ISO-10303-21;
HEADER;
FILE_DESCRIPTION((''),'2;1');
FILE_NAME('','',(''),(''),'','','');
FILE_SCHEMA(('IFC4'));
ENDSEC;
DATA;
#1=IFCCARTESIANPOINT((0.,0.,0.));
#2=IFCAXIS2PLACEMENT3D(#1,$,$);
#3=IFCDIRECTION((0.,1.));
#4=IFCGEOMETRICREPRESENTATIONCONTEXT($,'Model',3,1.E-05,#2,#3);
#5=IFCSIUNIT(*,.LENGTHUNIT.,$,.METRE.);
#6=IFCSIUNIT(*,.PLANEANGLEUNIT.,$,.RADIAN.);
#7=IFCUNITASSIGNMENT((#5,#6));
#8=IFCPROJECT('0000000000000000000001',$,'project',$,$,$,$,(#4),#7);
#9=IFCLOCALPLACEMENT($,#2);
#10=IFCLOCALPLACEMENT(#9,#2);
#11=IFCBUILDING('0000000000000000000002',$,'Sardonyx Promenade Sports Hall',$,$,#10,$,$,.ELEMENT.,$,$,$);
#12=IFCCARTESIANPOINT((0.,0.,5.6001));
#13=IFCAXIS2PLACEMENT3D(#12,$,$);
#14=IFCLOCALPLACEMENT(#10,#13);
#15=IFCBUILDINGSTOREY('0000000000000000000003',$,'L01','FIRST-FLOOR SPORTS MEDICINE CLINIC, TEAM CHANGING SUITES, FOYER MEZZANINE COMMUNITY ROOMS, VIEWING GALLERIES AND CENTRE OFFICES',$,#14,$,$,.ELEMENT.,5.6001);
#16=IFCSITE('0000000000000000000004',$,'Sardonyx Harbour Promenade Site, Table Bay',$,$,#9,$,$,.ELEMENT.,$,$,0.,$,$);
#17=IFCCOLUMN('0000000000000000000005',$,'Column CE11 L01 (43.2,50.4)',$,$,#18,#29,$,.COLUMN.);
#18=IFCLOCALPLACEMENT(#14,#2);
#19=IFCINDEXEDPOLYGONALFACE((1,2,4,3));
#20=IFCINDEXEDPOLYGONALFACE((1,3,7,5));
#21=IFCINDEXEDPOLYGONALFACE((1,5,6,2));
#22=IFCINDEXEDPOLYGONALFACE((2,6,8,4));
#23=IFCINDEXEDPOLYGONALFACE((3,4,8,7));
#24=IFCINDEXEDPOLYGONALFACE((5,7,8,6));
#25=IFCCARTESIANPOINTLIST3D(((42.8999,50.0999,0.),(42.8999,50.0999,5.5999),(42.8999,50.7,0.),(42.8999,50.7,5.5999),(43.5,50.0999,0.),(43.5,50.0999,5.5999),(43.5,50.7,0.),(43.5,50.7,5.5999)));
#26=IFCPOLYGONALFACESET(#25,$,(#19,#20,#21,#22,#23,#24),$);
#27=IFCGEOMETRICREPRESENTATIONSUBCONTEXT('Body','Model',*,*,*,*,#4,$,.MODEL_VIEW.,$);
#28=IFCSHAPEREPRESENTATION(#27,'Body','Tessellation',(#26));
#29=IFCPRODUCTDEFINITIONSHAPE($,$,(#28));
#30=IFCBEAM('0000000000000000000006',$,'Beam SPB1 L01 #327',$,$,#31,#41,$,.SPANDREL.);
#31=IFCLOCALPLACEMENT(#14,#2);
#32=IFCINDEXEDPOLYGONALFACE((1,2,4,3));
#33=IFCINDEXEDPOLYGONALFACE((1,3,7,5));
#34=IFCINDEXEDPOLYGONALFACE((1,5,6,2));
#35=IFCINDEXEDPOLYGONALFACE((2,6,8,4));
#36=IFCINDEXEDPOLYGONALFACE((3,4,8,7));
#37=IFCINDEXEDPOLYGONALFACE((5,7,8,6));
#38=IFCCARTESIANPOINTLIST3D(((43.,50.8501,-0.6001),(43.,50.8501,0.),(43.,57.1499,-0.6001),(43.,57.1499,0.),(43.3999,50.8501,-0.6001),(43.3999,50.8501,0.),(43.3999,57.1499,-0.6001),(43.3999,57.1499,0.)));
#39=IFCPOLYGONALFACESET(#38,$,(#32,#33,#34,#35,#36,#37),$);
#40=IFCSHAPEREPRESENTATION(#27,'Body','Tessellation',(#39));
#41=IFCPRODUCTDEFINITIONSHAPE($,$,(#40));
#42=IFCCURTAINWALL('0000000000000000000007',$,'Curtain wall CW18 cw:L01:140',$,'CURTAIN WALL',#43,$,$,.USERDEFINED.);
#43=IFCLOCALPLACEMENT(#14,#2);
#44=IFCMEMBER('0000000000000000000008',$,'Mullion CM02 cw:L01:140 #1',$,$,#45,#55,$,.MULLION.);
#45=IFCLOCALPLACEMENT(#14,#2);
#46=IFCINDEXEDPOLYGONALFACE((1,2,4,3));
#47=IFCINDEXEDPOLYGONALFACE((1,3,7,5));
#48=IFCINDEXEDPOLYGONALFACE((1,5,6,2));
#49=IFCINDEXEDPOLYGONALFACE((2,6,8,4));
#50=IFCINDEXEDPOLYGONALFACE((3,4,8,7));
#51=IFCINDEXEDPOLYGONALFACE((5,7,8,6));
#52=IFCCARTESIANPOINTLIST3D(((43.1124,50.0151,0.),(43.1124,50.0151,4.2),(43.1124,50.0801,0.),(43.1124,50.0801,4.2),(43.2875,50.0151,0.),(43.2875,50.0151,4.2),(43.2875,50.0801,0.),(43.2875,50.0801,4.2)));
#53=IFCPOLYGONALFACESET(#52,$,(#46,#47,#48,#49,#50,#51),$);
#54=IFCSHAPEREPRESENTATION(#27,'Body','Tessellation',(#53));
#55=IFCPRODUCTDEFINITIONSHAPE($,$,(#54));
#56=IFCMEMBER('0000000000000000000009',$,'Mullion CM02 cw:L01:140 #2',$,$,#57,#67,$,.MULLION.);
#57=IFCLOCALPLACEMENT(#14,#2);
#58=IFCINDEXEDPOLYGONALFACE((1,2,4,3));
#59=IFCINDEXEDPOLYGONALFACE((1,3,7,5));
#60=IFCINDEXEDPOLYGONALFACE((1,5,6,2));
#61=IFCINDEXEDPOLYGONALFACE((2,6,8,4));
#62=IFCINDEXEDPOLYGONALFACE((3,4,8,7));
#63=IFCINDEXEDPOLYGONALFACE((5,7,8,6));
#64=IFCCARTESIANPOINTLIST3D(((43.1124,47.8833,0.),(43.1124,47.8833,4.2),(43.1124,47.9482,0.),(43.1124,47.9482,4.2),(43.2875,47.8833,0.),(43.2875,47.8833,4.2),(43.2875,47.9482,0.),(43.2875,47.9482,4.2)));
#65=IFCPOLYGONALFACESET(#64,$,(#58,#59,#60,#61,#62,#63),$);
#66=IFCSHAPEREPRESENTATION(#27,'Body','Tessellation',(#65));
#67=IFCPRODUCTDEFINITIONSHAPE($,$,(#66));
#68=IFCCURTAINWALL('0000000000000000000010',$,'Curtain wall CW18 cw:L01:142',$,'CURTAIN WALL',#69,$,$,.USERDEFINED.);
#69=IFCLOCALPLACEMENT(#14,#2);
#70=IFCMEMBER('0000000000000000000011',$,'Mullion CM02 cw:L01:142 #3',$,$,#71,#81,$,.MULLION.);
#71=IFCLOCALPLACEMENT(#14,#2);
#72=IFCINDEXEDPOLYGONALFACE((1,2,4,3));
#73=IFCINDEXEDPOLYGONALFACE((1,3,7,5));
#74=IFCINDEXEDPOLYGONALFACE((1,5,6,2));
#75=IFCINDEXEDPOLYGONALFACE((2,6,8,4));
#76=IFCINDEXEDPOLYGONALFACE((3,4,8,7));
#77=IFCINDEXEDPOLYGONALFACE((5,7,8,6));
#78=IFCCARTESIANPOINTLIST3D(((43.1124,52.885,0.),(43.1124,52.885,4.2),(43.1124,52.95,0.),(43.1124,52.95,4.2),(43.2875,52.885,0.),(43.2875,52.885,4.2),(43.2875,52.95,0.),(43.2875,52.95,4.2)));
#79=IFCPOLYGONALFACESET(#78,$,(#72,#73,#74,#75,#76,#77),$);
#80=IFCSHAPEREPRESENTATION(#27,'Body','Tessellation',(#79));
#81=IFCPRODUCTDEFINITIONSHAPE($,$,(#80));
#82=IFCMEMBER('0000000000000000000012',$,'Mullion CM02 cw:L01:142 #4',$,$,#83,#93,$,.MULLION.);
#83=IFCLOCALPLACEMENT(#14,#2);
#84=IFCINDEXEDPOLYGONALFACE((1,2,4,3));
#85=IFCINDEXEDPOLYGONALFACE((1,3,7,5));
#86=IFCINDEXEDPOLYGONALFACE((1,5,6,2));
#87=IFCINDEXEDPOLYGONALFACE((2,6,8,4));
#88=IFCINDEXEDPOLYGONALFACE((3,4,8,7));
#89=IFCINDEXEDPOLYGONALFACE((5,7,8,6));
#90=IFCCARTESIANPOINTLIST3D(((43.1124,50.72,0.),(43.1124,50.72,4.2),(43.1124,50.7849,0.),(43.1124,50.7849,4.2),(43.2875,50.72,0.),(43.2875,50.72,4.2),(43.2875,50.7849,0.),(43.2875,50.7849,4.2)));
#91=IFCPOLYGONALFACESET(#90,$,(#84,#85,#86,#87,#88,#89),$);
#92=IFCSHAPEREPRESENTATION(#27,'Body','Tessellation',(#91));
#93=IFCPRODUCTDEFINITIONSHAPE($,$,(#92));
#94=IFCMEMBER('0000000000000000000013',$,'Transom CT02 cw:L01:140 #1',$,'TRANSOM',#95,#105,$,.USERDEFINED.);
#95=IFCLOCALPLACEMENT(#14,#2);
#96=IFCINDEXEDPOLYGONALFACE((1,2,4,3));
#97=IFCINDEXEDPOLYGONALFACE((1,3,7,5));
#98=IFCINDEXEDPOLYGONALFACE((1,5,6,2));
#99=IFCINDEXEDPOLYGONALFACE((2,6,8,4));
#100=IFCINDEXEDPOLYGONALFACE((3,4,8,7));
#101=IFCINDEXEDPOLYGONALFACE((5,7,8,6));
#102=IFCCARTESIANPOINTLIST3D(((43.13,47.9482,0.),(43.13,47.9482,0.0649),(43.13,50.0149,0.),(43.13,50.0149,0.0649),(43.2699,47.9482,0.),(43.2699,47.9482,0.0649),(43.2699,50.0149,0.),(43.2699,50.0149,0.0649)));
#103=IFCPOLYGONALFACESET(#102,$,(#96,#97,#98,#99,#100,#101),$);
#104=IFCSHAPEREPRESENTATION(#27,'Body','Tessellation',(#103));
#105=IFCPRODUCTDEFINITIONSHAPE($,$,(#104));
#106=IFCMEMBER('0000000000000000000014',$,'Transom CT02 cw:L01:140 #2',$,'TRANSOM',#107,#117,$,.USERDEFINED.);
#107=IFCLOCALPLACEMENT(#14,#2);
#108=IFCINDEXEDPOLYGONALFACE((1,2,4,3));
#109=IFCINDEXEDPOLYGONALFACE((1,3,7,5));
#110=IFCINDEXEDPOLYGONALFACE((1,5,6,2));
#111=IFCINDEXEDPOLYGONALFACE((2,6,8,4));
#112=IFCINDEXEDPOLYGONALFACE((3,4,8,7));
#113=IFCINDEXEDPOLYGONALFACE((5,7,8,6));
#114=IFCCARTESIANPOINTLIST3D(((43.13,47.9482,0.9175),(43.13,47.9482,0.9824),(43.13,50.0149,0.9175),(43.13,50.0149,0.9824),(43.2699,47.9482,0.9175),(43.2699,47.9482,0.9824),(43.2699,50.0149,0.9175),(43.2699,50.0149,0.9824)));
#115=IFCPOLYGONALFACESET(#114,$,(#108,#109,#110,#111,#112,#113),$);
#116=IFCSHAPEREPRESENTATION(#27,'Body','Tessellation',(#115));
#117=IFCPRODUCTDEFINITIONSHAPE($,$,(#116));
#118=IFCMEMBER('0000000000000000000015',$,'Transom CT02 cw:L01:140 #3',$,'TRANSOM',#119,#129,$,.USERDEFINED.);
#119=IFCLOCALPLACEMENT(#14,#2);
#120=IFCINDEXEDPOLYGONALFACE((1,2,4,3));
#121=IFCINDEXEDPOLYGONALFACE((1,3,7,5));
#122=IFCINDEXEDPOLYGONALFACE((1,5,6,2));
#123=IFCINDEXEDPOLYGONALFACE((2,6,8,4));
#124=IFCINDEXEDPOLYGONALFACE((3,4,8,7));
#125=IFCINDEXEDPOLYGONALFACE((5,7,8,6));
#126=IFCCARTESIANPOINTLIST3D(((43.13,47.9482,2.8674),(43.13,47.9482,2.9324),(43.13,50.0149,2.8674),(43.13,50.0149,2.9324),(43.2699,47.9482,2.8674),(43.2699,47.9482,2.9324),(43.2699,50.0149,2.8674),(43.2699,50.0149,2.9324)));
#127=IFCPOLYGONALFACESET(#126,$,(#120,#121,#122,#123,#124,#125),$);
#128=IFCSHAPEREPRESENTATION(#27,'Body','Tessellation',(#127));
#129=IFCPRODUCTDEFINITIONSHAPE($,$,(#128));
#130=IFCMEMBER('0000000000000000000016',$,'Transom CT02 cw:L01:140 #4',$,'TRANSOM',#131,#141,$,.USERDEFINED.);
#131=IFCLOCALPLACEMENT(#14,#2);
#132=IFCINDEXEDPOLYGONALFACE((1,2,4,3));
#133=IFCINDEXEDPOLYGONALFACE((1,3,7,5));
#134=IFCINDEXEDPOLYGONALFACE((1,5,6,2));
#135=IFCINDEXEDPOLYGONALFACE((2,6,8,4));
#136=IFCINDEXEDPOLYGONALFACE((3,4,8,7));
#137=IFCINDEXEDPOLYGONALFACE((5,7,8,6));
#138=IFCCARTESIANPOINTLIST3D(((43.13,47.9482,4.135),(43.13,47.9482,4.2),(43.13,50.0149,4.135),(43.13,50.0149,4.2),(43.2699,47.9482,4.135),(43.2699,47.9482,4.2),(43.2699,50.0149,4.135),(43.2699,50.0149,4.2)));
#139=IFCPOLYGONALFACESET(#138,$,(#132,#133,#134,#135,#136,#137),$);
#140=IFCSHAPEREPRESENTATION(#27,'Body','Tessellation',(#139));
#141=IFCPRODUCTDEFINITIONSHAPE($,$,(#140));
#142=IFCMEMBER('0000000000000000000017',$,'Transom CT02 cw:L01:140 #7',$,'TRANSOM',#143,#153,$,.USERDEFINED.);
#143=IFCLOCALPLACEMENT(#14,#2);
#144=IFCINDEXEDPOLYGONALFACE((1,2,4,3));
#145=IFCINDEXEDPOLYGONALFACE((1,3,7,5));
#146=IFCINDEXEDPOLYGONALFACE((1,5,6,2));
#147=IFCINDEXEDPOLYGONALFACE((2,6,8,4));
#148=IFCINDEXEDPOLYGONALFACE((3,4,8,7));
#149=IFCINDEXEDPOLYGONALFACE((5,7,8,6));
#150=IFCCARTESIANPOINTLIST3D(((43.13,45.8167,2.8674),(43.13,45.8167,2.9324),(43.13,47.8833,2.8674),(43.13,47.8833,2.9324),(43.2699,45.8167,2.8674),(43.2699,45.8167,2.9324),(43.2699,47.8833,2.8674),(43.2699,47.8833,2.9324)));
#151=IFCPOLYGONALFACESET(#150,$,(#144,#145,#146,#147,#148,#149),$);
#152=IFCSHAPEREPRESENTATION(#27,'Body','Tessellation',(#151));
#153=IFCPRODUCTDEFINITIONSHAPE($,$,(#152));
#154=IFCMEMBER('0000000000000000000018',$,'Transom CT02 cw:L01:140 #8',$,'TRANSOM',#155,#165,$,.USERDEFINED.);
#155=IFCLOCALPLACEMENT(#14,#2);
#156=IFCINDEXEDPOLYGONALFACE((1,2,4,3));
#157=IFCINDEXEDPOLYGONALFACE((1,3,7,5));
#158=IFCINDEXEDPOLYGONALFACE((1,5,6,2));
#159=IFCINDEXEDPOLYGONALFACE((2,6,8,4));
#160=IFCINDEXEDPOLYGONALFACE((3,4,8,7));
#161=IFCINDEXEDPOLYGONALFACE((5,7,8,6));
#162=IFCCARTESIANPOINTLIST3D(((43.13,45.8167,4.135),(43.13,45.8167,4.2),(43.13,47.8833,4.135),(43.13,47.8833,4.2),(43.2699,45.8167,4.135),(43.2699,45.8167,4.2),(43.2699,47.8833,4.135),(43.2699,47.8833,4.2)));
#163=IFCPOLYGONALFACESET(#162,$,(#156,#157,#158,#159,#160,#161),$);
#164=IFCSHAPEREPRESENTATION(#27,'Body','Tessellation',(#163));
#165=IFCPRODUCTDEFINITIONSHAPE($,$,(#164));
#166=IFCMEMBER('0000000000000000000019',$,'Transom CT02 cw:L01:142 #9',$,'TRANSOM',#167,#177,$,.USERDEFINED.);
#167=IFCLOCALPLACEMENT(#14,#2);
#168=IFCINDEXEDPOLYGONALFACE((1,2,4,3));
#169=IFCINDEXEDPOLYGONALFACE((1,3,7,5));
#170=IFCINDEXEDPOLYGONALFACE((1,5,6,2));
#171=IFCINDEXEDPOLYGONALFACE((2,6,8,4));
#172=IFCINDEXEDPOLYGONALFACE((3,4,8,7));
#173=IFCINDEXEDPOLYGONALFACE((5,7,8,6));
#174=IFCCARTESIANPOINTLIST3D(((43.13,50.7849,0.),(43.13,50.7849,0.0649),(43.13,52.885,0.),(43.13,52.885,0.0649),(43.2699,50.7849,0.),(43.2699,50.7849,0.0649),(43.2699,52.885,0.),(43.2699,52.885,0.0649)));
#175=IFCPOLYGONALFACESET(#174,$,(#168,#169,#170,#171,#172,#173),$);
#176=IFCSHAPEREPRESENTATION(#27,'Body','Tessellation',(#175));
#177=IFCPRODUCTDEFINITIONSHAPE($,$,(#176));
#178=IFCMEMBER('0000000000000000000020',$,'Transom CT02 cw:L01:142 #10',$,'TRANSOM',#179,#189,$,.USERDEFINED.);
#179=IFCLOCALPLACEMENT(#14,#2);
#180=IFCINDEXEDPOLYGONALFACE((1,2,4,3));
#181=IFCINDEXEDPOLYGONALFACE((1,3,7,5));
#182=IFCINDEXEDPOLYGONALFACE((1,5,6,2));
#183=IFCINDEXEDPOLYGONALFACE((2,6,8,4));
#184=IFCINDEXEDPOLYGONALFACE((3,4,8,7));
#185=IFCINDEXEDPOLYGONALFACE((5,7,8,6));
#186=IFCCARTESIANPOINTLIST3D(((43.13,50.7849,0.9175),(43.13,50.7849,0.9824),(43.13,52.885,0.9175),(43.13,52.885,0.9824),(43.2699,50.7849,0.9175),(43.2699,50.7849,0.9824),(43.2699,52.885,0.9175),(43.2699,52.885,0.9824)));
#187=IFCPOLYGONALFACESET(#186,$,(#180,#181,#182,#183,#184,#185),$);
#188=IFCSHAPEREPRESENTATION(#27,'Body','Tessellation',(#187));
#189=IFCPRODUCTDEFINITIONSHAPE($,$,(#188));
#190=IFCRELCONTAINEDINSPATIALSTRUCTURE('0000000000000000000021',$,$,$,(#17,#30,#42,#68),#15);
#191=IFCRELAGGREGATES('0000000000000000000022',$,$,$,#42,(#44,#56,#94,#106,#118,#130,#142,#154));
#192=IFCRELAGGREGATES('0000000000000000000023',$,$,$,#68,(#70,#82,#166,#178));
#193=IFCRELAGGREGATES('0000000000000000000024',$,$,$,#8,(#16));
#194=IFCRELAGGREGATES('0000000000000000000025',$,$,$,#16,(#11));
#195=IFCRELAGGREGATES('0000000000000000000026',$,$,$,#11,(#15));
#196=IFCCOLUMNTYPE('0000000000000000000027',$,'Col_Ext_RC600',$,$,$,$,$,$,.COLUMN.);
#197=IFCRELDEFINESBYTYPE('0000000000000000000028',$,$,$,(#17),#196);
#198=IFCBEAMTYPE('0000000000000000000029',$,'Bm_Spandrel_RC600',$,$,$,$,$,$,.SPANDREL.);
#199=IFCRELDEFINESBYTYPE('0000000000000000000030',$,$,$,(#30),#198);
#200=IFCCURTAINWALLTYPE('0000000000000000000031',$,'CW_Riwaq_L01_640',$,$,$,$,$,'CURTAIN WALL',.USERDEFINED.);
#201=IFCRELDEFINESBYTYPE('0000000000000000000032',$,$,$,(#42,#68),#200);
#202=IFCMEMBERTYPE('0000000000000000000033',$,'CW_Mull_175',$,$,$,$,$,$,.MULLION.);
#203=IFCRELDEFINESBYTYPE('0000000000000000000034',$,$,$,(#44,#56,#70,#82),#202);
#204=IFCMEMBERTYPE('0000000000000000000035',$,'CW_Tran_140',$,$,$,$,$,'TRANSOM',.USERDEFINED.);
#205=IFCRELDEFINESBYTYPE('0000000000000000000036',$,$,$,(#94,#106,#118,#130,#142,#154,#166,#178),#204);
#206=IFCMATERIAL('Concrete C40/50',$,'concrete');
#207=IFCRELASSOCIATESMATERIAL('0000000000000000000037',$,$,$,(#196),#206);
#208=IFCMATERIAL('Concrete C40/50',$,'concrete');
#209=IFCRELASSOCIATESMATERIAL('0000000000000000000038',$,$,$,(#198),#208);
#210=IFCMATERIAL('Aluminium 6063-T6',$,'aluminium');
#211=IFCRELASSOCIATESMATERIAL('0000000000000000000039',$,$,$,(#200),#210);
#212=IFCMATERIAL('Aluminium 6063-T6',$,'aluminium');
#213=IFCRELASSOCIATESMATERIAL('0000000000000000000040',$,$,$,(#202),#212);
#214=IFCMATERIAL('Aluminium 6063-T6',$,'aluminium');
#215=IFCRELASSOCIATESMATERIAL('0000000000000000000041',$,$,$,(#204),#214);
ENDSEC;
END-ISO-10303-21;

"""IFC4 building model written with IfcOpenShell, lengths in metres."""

from ifc_helpers import new_model, si_unit, direction, frame, origin, origin_2d, place, context, subcontext, project, spatial, rectangle, extrude, material, material_profile, profile_set, type_object, element, aggregate, save


model = new_model("IFC4")

# Units and contexts
model_context = context("Model", 3, precision=1e-05, world=origin(), true_north=direction((0.0, 1.0)))
body_context = subcontext(model_context, "Body", "Model", "MODEL_VIEW")
ifc_project = project(units=[si_unit("LENGTHUNIT", "METRE"), si_unit("PLANEANGLEUNIT", "RADIAN")], contexts=[model_context])

# Site, building, storey
site_placement = place(None, origin())
site = spatial("IfcSite", under=ifc_project, at=site_placement, Name="Sardonyx Harbour Promenade Site, Table Bay", CompositionType="ELEMENT", RefElevation=0.0)
building_placement = place(site_placement, origin())
building = spatial("IfcBuilding", under=site, at=building_placement, Name="Sardonyx Promenade Sports Hall", CompositionType="ELEMENT")
storey_placement = place(building_placement, frame((0.0, 0.0, 5.6001)))
storey = spatial("IfcBuildingStorey", under=building, at=storey_placement, Name="L01", Description="FIRST-FLOOR SPORTS MEDICINE CLINIC, TEAM CHANGING SUITES, FOYER MEZZANINE COMMUNITY ROOMS, VIEWING GALLERIES AND CENTRE OFFICES", CompositionType="ELEMENT", Elevation=5.6001)

# Column
ifc_material_1 = material(Name="Concrete C40/50", Category="concrete")
ifc_material_profile_1 = material_profile(ifc_material_1, rectangle(XDim=0.6001, YDim=0.6001, at=origin_2d()))
ifc_profile_set_1 = profile_set([ifc_material_profile_1], Name="Concrete C40/50")
column_type = type_object("IfcColumnType", Name="Col_Ext_RC600", PredefinedType="COLUMN", material=ifc_profile_set_1)
column_placement = place(storey_placement, frame((43.2, 50.3999, 0.0), z_axis=(0.0, 0.0, 1.0), x_axis=(1.0, 0.0, 0.0)))
element("IfcColumn", 1, at=column_placement, inside=storey, type_object=column_type, Name="Column CE11 L01 (43.2,50.4)", PredefinedType="COLUMN", context=body_context, shape_type="SweptSolid", body=[
    extrude(rectangle(XDim=0.6001, YDim=0.6001, at=origin_2d()), origin(), (0.0, 0.0, 1.0), 5.5999),
])

# Beam
ifc_material_2 = material(Name="Concrete C40/50", Category="concrete")
ifc_material_profile_2 = material_profile(ifc_material_2, rectangle(XDim=0.3999, YDim=0.6001, at=origin_2d()))
ifc_profile_set_2 = profile_set([ifc_material_profile_2], Name="Concrete C40/50")
beam_type = type_object("IfcBeamType", Name="Bm_Spandrel_RC600", PredefinedType="SPANDREL", material=ifc_profile_set_2)
beam_placement = place(storey_placement, frame((43.2, 50.8501, -0.3), z_axis=(0.0, 1.0, 0.0), x_axis=(-1.0, 0.0, 0.0)))
element("IfcBeam", 2, at=beam_placement, inside=storey, type_object=beam_type, Name="Beam SPB1 L01 #327", PredefinedType="SPANDREL", context=body_context, shape_type="SweptSolid", body=[
    extrude(rectangle(XDim=0.3999, YDim=0.6001, at=origin_2d()), origin(), (0.0, 0.0, 1.0), 6.2998),
])

# Curtain walls, members
ifc_material_3 = material(Name="Aluminium 6063-T6", Category="aluminium")
curtain_wall_type = type_object("IfcCurtainWallType", Name="CW_Riwaq_L01_640", ElementType="CURTAIN WALL", PredefinedType="USERDEFINED", material=ifc_material_3)
curtain_wall_1_placement = place(storey_placement, origin())
curtain_wall_1 = element("IfcCurtainWall", 3, at=curtain_wall_1_placement, inside=storey, type_object=curtain_wall_type, Name="Curtain wall CW18 cw:L01:140", ObjectType="CURTAIN WALL", PredefinedType="USERDEFINED")
ifc_material_4 = material(Name="Aluminium 6063-T6", Category="aluminium")
ifc_material_profile_3 = material_profile(ifc_material_4, rectangle(XDim=0.0649, YDim=0.175, at=origin_2d()))
ifc_profile_set_3 = profile_set([ifc_material_profile_3], Name="Aluminium 6063-T6")
member_type_1 = type_object("IfcMemberType", Name="CW_Mull_175", PredefinedType="MULLION", material=ifc_profile_set_3)
member_1_placement = place(storey_placement, frame((43.2, 50.0476, 0.0), z_axis=(0.0, 0.0, 1.0), x_axis=(0.0, -1.0, 0.0)))
member_1 = element("IfcMember", 4, at=member_1_placement, type_object=member_type_1, Name="Mullion CM02 cw:L01:140 #1", PredefinedType="MULLION", context=body_context, shape_type="SweptSolid", body=[
    extrude(rectangle(XDim=0.0649, YDim=0.175, at=origin_2d()), origin(), (0.0, 0.0, 1.0), 4.2),
])
member_2_placement = place(storey_placement, frame((43.2, 47.9158, 0.0), z_axis=(0.0, 0.0, 1.0), x_axis=(0.0, -1.0, 0.0)))
member_2 = element("IfcMember", 5, at=member_2_placement, type_object=member_type_1, Name="Mullion CM02 cw:L01:140 #2", PredefinedType="MULLION", context=body_context, shape_type="SweptSolid", body=[
    extrude(rectangle(XDim=0.0649, YDim=0.175, at=origin_2d()), origin(), (0.0, 0.0, 1.0), 4.2),
])
curtain_wall_2_placement = place(storey_placement, origin())
curtain_wall_2 = element("IfcCurtainWall", 6, at=curtain_wall_2_placement, inside=storey, type_object=curtain_wall_type, Name="Curtain wall CW18 cw:L01:142", ObjectType="CURTAIN WALL", PredefinedType="USERDEFINED")
member_3_placement = place(storey_placement, frame((43.2, 52.9175, 0.0), z_axis=(0.0, 0.0, 1.0), x_axis=(0.0, -1.0, 0.0)))
member_3 = element("IfcMember", 7, at=member_3_placement, type_object=member_type_1, Name="Mullion CM02 cw:L01:142 #3", PredefinedType="MULLION", context=body_context, shape_type="SweptSolid", body=[
    extrude(rectangle(XDim=0.0649, YDim=0.175, at=origin_2d()), origin(), (0.0, 0.0, 1.0), 4.2),
])
member_4_placement = place(storey_placement, frame((43.2, 50.7524, 0.0), z_axis=(0.0, 0.0, 1.0), x_axis=(0.0, -1.0, 0.0)))
member_4 = element("IfcMember", 8, at=member_4_placement, type_object=member_type_1, Name="Mullion CM02 cw:L01:142 #4", PredefinedType="MULLION", context=body_context, shape_type="SweptSolid", body=[
    extrude(rectangle(XDim=0.0649, YDim=0.175, at=origin_2d()), origin(), (0.0, 0.0, 1.0), 4.2),
])

# Members
ifc_material_5 = material(Name="Aluminium 6063-T6", Category="aluminium")
ifc_material_profile_4 = material_profile(ifc_material_5, rectangle(XDim=0.0649, YDim=0.1399, at=origin_2d()))
ifc_profile_set_4 = profile_set([ifc_material_profile_4], Name="Aluminium 6063-T6")
member_type_2 = type_object("IfcMemberType", Name="CW_Tran_140", ElementType="TRANSOM", PredefinedType="USERDEFINED", material=ifc_profile_set_4)
member_5_placement = place(storey_placement, frame((43.2, 50.0149, 0.0325), z_axis=(0.0, -1.0, 0.0), x_axis=(0.0, 0.0, 1.0)))
member_5 = element("IfcMember", 9, at=member_5_placement, type_object=member_type_2, Name="Transom CT02 cw:L01:140 #1", ObjectType="TRANSOM", PredefinedType="USERDEFINED", context=body_context, shape_type="SweptSolid", body=[
    extrude(rectangle(XDim=0.0649, YDim=0.1399, at=origin_2d()), origin(), (0.0, 0.0, 1.0), 2.0667),
])
member_6_placement = place(storey_placement, frame((43.2, 50.0149, 0.95), z_axis=(0.0, -1.0, 0.0), x_axis=(0.0, 0.0, 1.0)))
member_6 = element("IfcMember", 10, at=member_6_placement, type_object=member_type_2, Name="Transom CT02 cw:L01:140 #2", ObjectType="TRANSOM", PredefinedType="USERDEFINED", context=body_context, shape_type="SweptSolid", body=[
    extrude(rectangle(XDim=0.0649, YDim=0.1399, at=origin_2d()), origin(), (0.0, 0.0, 1.0), 2.0667),
])
member_7_placement = place(storey_placement, frame((43.2, 50.0149, 2.8999), z_axis=(0.0, -1.0, 0.0), x_axis=(0.0, 0.0, 1.0)))
member_7 = element("IfcMember", 11, at=member_7_placement, type_object=member_type_2, Name="Transom CT02 cw:L01:140 #3", ObjectType="TRANSOM", PredefinedType="USERDEFINED", context=body_context, shape_type="SweptSolid", body=[
    extrude(rectangle(XDim=0.0649, YDim=0.1399, at=origin_2d()), origin(), (0.0, 0.0, 1.0), 2.0667),
])
member_8_placement = place(storey_placement, frame((43.2, 50.0149, 4.1675), z_axis=(0.0, -1.0, 0.0), x_axis=(0.0, 0.0, 1.0)))
member_8 = element("IfcMember", 12, at=member_8_placement, type_object=member_type_2, Name="Transom CT02 cw:L01:140 #4", ObjectType="TRANSOM", PredefinedType="USERDEFINED", context=body_context, shape_type="SweptSolid", body=[
    extrude(rectangle(XDim=0.0649, YDim=0.1399, at=origin_2d()), origin(), (0.0, 0.0, 1.0), 2.0667),
])
member_9_placement = place(storey_placement, frame((43.2, 47.8833, 2.8999), z_axis=(0.0, -1.0, 0.0), x_axis=(0.0, 0.0, 1.0)))
member_9 = element("IfcMember", 13, at=member_9_placement, type_object=member_type_2, Name="Transom CT02 cw:L01:140 #7", ObjectType="TRANSOM", PredefinedType="USERDEFINED", context=body_context, shape_type="SweptSolid", body=[
    extrude(rectangle(XDim=0.0649, YDim=0.1399, at=origin_2d()), origin(), (0.0, 0.0, 1.0), 2.0667),
])
member_10_placement = place(storey_placement, frame((43.2, 47.8833, 4.1675), z_axis=(0.0, -1.0, 0.0), x_axis=(0.0, 0.0, 1.0)))
member_10 = element("IfcMember", 14, at=member_10_placement, type_object=member_type_2, Name="Transom CT02 cw:L01:140 #8", ObjectType="TRANSOM", PredefinedType="USERDEFINED", context=body_context, shape_type="SweptSolid", body=[
    extrude(rectangle(XDim=0.0649, YDim=0.1399, at=origin_2d()), origin(), (0.0, 0.0, 1.0), 2.0667),
])
member_11_placement = place(storey_placement, frame((43.2, 52.885, 0.0325), z_axis=(0.0, -1.0, 0.0), x_axis=(0.0, 0.0, 1.0)))
member_11 = element("IfcMember", 15, at=member_11_placement, type_object=member_type_2, Name="Transom CT02 cw:L01:142 #9", ObjectType="TRANSOM", PredefinedType="USERDEFINED", context=body_context, shape_type="SweptSolid", body=[
    extrude(rectangle(XDim=0.0649, YDim=0.1399, at=origin_2d()), origin(), (0.0, 0.0, 1.0), 2.1001),
])
member_12_placement = place(storey_placement, frame((43.2, 52.885, 0.95), z_axis=(0.0, -1.0, 0.0), x_axis=(0.0, 0.0, 1.0)))
member_12 = element("IfcMember", 16, at=member_12_placement, type_object=member_type_2, Name="Transom CT02 cw:L01:142 #10", ObjectType="TRANSOM", PredefinedType="USERDEFINED", context=body_context, shape_type="SweptSolid", body=[
    extrude(rectangle(XDim=0.0649, YDim=0.1399, at=origin_2d()), origin(), (0.0, 0.0, 1.0), 2.1001),
])

aggregate(curtain_wall_1, [member_1, member_2, member_5, member_6, member_7, member_8, member_9, member_10])
aggregate(curtain_wall_2, [member_3, member_4, member_11, member_12])

save(model, "model.ifc")
